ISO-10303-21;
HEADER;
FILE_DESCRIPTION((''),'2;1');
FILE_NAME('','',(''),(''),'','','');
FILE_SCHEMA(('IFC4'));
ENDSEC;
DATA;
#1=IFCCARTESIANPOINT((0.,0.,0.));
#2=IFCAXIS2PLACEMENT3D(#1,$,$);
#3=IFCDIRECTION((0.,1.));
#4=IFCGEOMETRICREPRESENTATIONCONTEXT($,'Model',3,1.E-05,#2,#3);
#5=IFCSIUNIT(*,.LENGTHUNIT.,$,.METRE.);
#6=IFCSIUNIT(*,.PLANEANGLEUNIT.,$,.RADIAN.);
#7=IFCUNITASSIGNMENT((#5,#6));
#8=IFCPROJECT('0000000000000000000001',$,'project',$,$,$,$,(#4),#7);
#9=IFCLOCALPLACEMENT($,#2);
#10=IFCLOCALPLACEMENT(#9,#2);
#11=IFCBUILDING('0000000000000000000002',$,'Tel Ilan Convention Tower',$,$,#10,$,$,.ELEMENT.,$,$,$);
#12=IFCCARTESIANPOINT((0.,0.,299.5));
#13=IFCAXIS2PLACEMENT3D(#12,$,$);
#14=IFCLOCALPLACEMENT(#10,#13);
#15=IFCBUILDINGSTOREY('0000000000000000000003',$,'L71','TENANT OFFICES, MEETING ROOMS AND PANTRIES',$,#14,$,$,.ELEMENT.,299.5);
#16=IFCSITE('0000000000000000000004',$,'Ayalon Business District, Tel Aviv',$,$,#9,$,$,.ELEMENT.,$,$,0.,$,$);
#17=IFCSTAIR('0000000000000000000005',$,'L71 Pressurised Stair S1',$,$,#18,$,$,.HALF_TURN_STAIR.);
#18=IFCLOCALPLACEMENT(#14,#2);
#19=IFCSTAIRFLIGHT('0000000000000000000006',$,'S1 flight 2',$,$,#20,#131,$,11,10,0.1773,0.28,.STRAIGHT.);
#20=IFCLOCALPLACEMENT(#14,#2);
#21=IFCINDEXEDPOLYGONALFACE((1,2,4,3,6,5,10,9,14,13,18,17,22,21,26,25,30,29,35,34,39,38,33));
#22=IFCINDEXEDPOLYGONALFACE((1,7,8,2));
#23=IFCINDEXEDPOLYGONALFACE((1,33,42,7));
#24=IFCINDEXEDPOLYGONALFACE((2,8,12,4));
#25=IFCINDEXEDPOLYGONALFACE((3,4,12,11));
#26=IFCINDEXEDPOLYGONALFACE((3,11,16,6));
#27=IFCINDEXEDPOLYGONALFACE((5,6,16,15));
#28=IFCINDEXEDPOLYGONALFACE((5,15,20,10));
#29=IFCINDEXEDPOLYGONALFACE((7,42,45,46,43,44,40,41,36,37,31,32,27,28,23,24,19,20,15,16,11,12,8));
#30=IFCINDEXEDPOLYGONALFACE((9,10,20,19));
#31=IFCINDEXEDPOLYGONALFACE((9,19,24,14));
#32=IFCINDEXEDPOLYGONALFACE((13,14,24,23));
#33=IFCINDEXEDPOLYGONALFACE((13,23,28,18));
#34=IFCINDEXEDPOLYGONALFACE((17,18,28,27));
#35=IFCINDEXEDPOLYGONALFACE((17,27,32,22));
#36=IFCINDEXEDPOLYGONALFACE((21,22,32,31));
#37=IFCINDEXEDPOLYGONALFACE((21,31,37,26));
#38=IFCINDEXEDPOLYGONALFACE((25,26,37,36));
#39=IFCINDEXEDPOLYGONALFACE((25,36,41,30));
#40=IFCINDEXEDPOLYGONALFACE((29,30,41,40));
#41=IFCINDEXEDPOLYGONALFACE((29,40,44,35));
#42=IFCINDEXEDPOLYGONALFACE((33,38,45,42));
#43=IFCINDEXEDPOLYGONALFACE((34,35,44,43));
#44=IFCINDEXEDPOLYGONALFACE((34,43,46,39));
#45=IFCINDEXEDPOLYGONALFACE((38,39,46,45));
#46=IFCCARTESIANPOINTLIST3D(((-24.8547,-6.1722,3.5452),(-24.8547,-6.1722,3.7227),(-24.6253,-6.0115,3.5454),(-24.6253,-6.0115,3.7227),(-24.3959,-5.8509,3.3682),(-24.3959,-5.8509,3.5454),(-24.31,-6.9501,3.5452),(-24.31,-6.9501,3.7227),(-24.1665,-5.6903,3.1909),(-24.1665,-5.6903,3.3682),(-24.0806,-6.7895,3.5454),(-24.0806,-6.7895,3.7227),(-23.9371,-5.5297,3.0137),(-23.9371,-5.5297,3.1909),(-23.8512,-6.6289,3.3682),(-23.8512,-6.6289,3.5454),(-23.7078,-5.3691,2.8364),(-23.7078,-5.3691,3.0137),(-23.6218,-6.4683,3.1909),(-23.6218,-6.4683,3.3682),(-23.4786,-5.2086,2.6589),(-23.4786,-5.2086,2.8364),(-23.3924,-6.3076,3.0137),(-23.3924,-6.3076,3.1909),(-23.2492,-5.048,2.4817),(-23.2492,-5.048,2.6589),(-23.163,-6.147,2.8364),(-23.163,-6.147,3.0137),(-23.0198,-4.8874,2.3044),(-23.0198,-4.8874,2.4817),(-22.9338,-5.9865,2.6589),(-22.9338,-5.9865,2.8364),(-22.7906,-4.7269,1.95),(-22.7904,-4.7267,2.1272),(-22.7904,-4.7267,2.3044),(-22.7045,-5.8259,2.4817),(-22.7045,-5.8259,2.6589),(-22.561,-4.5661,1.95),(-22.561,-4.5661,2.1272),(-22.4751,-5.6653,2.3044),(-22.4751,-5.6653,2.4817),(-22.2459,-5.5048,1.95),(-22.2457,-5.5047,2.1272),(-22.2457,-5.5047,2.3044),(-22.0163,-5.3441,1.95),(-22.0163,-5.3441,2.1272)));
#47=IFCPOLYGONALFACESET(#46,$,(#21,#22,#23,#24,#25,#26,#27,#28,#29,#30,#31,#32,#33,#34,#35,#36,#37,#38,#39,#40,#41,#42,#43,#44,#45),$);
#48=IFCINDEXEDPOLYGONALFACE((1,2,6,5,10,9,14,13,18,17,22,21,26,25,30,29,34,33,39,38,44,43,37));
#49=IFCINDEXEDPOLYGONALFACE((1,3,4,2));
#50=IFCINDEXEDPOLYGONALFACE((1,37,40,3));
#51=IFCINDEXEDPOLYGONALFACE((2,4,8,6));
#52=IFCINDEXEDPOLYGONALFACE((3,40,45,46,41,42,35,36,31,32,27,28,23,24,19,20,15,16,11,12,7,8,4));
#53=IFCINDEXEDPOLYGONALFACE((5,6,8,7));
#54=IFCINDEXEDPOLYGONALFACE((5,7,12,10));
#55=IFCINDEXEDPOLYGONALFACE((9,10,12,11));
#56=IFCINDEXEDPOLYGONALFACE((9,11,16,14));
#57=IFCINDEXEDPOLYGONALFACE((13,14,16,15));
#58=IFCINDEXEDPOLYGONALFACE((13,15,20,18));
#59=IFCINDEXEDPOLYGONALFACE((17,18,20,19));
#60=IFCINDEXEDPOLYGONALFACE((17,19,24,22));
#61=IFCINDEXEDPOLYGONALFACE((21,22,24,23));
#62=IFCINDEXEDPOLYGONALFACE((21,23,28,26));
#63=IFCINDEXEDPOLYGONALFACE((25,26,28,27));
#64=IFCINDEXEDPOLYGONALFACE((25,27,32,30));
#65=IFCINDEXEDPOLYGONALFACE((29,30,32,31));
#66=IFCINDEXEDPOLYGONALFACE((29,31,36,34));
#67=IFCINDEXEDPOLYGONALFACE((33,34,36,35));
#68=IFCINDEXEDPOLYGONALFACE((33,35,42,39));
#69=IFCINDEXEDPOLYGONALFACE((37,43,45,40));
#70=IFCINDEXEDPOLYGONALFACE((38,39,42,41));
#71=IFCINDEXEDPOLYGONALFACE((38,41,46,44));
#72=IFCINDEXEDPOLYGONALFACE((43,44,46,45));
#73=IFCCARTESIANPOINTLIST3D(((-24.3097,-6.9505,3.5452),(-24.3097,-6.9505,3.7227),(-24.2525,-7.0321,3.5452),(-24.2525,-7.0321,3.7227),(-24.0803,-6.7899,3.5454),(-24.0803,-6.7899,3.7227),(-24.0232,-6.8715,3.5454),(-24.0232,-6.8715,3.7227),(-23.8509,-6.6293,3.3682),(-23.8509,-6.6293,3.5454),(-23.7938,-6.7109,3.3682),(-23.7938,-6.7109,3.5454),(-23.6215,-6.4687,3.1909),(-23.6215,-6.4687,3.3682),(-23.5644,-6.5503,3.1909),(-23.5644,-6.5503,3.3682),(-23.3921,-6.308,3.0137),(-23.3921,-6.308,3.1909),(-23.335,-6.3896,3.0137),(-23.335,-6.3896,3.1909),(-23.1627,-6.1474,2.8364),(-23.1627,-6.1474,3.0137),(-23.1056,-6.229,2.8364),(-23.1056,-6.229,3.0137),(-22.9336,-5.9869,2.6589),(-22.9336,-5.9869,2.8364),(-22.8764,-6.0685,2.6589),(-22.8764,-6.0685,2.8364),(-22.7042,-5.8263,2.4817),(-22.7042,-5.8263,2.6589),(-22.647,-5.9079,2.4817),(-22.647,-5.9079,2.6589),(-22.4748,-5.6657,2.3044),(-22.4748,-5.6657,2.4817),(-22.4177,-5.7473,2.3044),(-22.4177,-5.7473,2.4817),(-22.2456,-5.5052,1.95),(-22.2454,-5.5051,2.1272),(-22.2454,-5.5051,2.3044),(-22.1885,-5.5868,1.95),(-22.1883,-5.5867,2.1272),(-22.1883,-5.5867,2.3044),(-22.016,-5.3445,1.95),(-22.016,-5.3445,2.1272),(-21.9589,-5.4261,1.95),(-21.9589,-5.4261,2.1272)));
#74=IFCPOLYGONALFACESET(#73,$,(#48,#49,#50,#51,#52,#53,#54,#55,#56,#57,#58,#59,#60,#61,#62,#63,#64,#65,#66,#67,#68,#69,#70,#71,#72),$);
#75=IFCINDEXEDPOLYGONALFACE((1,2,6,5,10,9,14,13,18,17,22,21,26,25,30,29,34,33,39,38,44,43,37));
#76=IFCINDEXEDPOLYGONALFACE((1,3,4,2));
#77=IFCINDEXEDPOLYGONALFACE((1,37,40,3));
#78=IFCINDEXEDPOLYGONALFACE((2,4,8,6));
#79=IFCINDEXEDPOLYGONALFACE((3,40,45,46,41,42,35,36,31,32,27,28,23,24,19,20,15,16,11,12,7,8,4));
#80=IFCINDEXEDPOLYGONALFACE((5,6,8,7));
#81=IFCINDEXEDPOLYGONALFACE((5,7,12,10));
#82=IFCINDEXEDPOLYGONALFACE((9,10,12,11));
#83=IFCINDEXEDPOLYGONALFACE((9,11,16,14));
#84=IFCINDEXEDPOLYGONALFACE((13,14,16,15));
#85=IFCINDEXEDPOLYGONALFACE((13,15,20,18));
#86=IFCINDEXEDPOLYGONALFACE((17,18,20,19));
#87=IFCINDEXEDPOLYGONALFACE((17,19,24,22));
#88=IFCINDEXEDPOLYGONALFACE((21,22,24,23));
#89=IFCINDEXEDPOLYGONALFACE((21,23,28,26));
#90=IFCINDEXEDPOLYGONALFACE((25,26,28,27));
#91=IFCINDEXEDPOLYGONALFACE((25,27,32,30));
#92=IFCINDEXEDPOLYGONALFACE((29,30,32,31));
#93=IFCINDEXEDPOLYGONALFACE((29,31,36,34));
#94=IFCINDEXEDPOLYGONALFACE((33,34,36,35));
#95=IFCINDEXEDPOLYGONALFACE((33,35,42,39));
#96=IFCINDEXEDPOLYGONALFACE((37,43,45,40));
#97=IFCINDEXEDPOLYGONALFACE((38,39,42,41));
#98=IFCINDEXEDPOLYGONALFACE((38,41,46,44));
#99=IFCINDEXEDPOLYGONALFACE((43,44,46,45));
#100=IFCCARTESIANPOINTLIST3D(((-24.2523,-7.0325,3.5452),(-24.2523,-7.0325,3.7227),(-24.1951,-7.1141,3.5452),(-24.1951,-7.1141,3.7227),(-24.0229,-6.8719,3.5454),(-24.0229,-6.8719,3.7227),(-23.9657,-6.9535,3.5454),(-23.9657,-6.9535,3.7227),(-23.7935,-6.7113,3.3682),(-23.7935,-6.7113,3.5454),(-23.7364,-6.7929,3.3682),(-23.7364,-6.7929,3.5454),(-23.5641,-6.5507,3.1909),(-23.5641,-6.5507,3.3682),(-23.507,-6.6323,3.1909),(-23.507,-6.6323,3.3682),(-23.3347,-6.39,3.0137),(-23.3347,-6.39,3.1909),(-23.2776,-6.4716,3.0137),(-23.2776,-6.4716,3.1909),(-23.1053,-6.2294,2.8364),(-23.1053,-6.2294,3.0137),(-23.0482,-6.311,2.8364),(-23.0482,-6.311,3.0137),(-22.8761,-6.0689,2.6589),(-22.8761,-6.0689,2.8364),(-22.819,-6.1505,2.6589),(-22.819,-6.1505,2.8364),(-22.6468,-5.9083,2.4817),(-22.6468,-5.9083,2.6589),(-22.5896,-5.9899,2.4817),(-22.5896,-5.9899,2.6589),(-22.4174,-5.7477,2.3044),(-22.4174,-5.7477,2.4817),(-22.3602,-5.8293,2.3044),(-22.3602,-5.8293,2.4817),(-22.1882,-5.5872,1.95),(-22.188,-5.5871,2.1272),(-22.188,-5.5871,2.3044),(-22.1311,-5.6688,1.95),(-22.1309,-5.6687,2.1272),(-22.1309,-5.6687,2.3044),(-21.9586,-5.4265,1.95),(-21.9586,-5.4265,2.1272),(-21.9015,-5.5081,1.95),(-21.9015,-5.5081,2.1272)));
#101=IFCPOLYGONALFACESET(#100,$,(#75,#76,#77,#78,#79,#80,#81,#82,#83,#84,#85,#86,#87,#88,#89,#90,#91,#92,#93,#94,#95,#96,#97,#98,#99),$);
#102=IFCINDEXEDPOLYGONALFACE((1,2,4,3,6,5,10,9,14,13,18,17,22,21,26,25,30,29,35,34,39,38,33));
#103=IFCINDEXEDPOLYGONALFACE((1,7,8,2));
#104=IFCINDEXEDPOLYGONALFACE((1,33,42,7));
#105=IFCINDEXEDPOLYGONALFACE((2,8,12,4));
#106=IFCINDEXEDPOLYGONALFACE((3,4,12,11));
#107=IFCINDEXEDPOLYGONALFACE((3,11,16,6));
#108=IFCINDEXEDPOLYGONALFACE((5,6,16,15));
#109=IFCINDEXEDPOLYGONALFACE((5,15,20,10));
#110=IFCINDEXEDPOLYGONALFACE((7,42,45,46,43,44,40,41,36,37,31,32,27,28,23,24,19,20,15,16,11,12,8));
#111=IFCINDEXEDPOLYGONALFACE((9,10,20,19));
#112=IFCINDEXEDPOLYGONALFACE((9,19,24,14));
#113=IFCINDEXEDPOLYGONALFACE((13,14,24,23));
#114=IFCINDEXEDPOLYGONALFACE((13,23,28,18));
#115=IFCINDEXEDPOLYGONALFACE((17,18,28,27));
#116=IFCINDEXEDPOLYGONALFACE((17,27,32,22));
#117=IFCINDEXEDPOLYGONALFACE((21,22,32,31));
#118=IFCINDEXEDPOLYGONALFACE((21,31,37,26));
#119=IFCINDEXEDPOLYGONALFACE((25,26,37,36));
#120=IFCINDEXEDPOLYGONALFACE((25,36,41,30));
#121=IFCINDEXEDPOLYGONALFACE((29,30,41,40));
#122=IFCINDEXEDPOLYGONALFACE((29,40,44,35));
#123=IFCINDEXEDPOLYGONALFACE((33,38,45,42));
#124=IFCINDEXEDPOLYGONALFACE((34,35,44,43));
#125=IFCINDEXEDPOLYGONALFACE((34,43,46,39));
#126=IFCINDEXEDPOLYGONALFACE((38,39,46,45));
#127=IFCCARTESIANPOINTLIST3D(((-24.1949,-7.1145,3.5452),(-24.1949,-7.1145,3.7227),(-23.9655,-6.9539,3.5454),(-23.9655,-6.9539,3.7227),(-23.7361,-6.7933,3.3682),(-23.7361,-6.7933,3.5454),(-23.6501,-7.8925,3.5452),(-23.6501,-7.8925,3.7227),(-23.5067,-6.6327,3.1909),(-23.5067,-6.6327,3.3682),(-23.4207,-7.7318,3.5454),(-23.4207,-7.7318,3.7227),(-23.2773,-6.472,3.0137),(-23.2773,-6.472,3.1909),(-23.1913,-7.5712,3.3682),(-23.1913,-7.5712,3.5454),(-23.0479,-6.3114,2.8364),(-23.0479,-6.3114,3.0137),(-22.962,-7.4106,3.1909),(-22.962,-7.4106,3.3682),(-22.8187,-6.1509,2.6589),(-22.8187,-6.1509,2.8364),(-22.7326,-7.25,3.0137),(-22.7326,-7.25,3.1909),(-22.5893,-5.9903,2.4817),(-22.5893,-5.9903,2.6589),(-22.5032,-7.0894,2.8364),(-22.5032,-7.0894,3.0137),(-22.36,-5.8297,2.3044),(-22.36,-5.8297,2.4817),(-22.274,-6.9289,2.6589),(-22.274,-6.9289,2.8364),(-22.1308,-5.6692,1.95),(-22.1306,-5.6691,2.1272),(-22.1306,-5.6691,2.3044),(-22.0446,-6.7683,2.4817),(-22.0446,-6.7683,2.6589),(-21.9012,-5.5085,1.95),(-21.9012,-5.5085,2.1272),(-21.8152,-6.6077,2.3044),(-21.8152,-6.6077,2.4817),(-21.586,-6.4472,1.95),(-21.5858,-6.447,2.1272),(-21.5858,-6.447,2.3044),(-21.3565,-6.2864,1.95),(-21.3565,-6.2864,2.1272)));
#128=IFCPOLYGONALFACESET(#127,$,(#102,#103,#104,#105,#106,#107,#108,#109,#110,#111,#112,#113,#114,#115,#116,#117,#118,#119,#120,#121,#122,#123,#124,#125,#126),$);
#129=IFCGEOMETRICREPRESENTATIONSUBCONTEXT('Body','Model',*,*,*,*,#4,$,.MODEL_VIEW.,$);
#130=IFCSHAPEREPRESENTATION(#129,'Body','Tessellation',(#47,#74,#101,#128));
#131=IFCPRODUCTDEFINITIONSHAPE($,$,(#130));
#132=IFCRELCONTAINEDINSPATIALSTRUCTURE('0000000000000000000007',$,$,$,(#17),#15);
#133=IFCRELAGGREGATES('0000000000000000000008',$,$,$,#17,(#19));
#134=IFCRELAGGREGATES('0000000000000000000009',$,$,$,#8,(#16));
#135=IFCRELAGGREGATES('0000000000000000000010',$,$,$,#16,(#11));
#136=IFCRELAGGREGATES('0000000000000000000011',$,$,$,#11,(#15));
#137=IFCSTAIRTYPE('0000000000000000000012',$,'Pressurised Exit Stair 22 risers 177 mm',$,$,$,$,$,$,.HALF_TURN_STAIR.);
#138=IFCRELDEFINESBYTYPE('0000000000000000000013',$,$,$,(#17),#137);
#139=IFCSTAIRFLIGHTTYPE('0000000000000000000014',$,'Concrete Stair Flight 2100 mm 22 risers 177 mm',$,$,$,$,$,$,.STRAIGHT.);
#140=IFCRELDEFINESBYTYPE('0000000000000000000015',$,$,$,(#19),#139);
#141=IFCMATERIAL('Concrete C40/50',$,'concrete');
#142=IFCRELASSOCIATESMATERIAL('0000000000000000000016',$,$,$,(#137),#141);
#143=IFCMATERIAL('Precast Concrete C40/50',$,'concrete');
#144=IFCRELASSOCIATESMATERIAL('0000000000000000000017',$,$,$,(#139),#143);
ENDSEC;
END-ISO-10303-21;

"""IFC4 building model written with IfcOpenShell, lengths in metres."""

from ifc_helpers import new_model, si_unit, direction, frame, origin, place, context, subcontext, project, spatial, polyline, outline, extrude, material, type_object, element, aggregate, save


model = new_model("IFC4")

# Units and contexts
model_context = context("Model", 3, precision=1e-05, world=origin(), true_north=direction((0.0, 1.0)))
body_context = subcontext(model_context, "Body", "Model", "MODEL_VIEW")
ifc_project = project(units=[si_unit("LENGTHUNIT", "METRE"), si_unit("PLANEANGLEUNIT", "RADIAN")], contexts=[model_context])

# Site, building, storey
site_placement = place(None, origin())
site = spatial("IfcSite", under=ifc_project, at=site_placement, Name="Ayalon Business District, Tel Aviv", CompositionType="ELEMENT", RefElevation=0.0)
building_placement = place(site_placement, origin())
building = spatial("IfcBuilding", under=site, at=building_placement, Name="Tel Ilan Convention Tower", CompositionType="ELEMENT")
storey_placement = place(building_placement, frame((0.0, 0.0, 299.5)))
storey = spatial("IfcBuildingStorey", under=building, at=storey_placement, Name="L71", Description="TENANT OFFICES, MEETING ROOMS AND PANTRIES", CompositionType="ELEMENT", Elevation=299.5)

# Stair, stair flight
ifc_material_1 = material(Name="Concrete C40/50", Category="concrete")
stair_type = type_object("IfcStairType", Name="Pressurised Exit Stair 22 risers 177 mm", PredefinedType="HALF_TURN_STAIR", material=ifc_material_1)
stair_1_placement = place(storey_placement, origin())
stair_1 = element("IfcStair", 1, at=stair_1_placement, inside=storey, type_object=stair_type, Name="L71 Pressurised Stair S1", PredefinedType="HALF_TURN_STAIR")
ifc_material_2 = material(Name="Precast Concrete C40/50", Category="concrete")
stair_flight_type = type_object("IfcStairFlightType", Name="Concrete Stair Flight 2100 mm 22 risers 177 mm", PredefinedType="STRAIGHT", material=ifc_material_2)
stair_flight_1_placement = place(storey_placement, frame((-21.9587, -5.4263, 1.95), z_axis=(0.0, 0.0, 1.0), x_axis=(-0.819152, -0.573576, 0.0)))
stair_flight_1 = element("IfcStairFlight", 2, at=stair_flight_1_placement, type_object=stair_flight_type, Name="S1 flight 2", NumberOfRisers=11, NumberOfTreads=10, PredefinedType="STRAIGHT", RiserHeight=0.1773, TreadLength=0.28, context=body_context, shape_type="SweptSolid", body=[
    extrude(outline(polyline([(0.0, 0.0), (0.0, 0.1772), (0.28, 0.1772), (0.28, 0.3545), (0.5601, 0.3545), (0.5601, 0.5317), (0.8401, 0.5317), (0.8401, 0.709), (1.1201, 0.709), (1.1201, 0.8865), (1.3999, 0.8865), (1.3999, 1.0637), (1.6799, 1.0637), (1.6799, 1.241), (1.96, 1.241), (1.96, 1.4182), (2.24, 1.4182), (2.24, 1.5955), (2.52, 1.5955), (2.52, 1.7727), (2.8, 1.7727), (2.8, 1.95), (2.8, 1.5952), (0.2803, 0.0), (0.0, 0.0)])), frame((0.0, -0.1003, 0.0), z_axis=(0.0, -1.0, 0.0), x_axis=(1.0, 0.0, 0.0)), (0.0, 0.0, 1.0), 0.9497),
    extrude(outline(polyline([(0.0, 0.0), (0.0, 0.1772), (0.28, 0.1772), (0.28, 0.3545), (0.5601, 0.3545), (0.5601, 0.5317), (0.8401, 0.5317), (0.8401, 0.709), (1.1201, 0.709), (1.1201, 0.8865), (1.3999, 0.8865), (1.3999, 1.0637), (1.6799, 1.0637), (1.6799, 1.241), (1.96, 1.241), (1.96, 1.4182), (2.24, 1.4182), (2.24, 1.5955), (2.52, 1.5955), (2.52, 1.7727), (2.8, 1.7727), (2.8, 1.95), (2.8, 1.5952), (0.2803, 0.0), (0.0, 0.0)])), frame((0.0, -0.0002, 0.0), z_axis=(0.0, -1.0, 0.0), x_axis=(1.0, 0.0, 0.0)), (0.0, 0.0, 1.0), 0.0996),
    extrude(outline(polyline([(0.0, 0.0), (0.0, 0.1772), (0.28, 0.1772), (0.28, 0.3545), (0.5601, 0.3545), (0.5601, 0.5317), (0.8401, 0.5317), (0.8401, 0.709), (1.1201, 0.709), (1.1201, 0.8865), (1.3999, 0.8865), (1.3999, 1.0637), (1.6799, 1.0637), (1.6799, 1.241), (1.96, 1.241), (1.96, 1.4182), (2.24, 1.4182), (2.24, 1.5955), (2.52, 1.5955), (2.52, 1.7727), (2.8, 1.7727), (2.8, 1.95), (2.8, 1.5952), (0.2803, 0.0), (0.0, 0.0)])), frame((0.0, 0.0999, 0.0), z_axis=(0.0, -1.0, 0.0), x_axis=(1.0, 0.0, 0.0)), (0.0, 0.0, 1.0), 0.0996),
    extrude(outline(polyline([(0.0, 0.0), (0.0, 0.1772), (0.28, 0.1772), (0.28, 0.3545), (0.5601, 0.3545), (0.5601, 0.5317), (0.8401, 0.5317), (0.8401, 0.709), (1.1201, 0.709), (1.1201, 0.8865), (1.3999, 0.8865), (1.3999, 1.0637), (1.6799, 1.0637), (1.6799, 1.241), (1.96, 1.241), (1.96, 1.4182), (2.24, 1.4182), (2.24, 1.5955), (2.52, 1.5955), (2.52, 1.7727), (2.8, 1.7727), (2.8, 1.95), (2.8, 1.5952), (0.2803, 0.0), (0.0, 0.0)])), frame((0.0, 1.05, 0.0), z_axis=(0.0, -1.0, 0.0), x_axis=(1.0, 0.0, 0.0)), (0.0, 0.0, 1.0), 0.9497),
])
aggregate(stair_1, [stair_flight_1])

save(model, "model.ifc")
